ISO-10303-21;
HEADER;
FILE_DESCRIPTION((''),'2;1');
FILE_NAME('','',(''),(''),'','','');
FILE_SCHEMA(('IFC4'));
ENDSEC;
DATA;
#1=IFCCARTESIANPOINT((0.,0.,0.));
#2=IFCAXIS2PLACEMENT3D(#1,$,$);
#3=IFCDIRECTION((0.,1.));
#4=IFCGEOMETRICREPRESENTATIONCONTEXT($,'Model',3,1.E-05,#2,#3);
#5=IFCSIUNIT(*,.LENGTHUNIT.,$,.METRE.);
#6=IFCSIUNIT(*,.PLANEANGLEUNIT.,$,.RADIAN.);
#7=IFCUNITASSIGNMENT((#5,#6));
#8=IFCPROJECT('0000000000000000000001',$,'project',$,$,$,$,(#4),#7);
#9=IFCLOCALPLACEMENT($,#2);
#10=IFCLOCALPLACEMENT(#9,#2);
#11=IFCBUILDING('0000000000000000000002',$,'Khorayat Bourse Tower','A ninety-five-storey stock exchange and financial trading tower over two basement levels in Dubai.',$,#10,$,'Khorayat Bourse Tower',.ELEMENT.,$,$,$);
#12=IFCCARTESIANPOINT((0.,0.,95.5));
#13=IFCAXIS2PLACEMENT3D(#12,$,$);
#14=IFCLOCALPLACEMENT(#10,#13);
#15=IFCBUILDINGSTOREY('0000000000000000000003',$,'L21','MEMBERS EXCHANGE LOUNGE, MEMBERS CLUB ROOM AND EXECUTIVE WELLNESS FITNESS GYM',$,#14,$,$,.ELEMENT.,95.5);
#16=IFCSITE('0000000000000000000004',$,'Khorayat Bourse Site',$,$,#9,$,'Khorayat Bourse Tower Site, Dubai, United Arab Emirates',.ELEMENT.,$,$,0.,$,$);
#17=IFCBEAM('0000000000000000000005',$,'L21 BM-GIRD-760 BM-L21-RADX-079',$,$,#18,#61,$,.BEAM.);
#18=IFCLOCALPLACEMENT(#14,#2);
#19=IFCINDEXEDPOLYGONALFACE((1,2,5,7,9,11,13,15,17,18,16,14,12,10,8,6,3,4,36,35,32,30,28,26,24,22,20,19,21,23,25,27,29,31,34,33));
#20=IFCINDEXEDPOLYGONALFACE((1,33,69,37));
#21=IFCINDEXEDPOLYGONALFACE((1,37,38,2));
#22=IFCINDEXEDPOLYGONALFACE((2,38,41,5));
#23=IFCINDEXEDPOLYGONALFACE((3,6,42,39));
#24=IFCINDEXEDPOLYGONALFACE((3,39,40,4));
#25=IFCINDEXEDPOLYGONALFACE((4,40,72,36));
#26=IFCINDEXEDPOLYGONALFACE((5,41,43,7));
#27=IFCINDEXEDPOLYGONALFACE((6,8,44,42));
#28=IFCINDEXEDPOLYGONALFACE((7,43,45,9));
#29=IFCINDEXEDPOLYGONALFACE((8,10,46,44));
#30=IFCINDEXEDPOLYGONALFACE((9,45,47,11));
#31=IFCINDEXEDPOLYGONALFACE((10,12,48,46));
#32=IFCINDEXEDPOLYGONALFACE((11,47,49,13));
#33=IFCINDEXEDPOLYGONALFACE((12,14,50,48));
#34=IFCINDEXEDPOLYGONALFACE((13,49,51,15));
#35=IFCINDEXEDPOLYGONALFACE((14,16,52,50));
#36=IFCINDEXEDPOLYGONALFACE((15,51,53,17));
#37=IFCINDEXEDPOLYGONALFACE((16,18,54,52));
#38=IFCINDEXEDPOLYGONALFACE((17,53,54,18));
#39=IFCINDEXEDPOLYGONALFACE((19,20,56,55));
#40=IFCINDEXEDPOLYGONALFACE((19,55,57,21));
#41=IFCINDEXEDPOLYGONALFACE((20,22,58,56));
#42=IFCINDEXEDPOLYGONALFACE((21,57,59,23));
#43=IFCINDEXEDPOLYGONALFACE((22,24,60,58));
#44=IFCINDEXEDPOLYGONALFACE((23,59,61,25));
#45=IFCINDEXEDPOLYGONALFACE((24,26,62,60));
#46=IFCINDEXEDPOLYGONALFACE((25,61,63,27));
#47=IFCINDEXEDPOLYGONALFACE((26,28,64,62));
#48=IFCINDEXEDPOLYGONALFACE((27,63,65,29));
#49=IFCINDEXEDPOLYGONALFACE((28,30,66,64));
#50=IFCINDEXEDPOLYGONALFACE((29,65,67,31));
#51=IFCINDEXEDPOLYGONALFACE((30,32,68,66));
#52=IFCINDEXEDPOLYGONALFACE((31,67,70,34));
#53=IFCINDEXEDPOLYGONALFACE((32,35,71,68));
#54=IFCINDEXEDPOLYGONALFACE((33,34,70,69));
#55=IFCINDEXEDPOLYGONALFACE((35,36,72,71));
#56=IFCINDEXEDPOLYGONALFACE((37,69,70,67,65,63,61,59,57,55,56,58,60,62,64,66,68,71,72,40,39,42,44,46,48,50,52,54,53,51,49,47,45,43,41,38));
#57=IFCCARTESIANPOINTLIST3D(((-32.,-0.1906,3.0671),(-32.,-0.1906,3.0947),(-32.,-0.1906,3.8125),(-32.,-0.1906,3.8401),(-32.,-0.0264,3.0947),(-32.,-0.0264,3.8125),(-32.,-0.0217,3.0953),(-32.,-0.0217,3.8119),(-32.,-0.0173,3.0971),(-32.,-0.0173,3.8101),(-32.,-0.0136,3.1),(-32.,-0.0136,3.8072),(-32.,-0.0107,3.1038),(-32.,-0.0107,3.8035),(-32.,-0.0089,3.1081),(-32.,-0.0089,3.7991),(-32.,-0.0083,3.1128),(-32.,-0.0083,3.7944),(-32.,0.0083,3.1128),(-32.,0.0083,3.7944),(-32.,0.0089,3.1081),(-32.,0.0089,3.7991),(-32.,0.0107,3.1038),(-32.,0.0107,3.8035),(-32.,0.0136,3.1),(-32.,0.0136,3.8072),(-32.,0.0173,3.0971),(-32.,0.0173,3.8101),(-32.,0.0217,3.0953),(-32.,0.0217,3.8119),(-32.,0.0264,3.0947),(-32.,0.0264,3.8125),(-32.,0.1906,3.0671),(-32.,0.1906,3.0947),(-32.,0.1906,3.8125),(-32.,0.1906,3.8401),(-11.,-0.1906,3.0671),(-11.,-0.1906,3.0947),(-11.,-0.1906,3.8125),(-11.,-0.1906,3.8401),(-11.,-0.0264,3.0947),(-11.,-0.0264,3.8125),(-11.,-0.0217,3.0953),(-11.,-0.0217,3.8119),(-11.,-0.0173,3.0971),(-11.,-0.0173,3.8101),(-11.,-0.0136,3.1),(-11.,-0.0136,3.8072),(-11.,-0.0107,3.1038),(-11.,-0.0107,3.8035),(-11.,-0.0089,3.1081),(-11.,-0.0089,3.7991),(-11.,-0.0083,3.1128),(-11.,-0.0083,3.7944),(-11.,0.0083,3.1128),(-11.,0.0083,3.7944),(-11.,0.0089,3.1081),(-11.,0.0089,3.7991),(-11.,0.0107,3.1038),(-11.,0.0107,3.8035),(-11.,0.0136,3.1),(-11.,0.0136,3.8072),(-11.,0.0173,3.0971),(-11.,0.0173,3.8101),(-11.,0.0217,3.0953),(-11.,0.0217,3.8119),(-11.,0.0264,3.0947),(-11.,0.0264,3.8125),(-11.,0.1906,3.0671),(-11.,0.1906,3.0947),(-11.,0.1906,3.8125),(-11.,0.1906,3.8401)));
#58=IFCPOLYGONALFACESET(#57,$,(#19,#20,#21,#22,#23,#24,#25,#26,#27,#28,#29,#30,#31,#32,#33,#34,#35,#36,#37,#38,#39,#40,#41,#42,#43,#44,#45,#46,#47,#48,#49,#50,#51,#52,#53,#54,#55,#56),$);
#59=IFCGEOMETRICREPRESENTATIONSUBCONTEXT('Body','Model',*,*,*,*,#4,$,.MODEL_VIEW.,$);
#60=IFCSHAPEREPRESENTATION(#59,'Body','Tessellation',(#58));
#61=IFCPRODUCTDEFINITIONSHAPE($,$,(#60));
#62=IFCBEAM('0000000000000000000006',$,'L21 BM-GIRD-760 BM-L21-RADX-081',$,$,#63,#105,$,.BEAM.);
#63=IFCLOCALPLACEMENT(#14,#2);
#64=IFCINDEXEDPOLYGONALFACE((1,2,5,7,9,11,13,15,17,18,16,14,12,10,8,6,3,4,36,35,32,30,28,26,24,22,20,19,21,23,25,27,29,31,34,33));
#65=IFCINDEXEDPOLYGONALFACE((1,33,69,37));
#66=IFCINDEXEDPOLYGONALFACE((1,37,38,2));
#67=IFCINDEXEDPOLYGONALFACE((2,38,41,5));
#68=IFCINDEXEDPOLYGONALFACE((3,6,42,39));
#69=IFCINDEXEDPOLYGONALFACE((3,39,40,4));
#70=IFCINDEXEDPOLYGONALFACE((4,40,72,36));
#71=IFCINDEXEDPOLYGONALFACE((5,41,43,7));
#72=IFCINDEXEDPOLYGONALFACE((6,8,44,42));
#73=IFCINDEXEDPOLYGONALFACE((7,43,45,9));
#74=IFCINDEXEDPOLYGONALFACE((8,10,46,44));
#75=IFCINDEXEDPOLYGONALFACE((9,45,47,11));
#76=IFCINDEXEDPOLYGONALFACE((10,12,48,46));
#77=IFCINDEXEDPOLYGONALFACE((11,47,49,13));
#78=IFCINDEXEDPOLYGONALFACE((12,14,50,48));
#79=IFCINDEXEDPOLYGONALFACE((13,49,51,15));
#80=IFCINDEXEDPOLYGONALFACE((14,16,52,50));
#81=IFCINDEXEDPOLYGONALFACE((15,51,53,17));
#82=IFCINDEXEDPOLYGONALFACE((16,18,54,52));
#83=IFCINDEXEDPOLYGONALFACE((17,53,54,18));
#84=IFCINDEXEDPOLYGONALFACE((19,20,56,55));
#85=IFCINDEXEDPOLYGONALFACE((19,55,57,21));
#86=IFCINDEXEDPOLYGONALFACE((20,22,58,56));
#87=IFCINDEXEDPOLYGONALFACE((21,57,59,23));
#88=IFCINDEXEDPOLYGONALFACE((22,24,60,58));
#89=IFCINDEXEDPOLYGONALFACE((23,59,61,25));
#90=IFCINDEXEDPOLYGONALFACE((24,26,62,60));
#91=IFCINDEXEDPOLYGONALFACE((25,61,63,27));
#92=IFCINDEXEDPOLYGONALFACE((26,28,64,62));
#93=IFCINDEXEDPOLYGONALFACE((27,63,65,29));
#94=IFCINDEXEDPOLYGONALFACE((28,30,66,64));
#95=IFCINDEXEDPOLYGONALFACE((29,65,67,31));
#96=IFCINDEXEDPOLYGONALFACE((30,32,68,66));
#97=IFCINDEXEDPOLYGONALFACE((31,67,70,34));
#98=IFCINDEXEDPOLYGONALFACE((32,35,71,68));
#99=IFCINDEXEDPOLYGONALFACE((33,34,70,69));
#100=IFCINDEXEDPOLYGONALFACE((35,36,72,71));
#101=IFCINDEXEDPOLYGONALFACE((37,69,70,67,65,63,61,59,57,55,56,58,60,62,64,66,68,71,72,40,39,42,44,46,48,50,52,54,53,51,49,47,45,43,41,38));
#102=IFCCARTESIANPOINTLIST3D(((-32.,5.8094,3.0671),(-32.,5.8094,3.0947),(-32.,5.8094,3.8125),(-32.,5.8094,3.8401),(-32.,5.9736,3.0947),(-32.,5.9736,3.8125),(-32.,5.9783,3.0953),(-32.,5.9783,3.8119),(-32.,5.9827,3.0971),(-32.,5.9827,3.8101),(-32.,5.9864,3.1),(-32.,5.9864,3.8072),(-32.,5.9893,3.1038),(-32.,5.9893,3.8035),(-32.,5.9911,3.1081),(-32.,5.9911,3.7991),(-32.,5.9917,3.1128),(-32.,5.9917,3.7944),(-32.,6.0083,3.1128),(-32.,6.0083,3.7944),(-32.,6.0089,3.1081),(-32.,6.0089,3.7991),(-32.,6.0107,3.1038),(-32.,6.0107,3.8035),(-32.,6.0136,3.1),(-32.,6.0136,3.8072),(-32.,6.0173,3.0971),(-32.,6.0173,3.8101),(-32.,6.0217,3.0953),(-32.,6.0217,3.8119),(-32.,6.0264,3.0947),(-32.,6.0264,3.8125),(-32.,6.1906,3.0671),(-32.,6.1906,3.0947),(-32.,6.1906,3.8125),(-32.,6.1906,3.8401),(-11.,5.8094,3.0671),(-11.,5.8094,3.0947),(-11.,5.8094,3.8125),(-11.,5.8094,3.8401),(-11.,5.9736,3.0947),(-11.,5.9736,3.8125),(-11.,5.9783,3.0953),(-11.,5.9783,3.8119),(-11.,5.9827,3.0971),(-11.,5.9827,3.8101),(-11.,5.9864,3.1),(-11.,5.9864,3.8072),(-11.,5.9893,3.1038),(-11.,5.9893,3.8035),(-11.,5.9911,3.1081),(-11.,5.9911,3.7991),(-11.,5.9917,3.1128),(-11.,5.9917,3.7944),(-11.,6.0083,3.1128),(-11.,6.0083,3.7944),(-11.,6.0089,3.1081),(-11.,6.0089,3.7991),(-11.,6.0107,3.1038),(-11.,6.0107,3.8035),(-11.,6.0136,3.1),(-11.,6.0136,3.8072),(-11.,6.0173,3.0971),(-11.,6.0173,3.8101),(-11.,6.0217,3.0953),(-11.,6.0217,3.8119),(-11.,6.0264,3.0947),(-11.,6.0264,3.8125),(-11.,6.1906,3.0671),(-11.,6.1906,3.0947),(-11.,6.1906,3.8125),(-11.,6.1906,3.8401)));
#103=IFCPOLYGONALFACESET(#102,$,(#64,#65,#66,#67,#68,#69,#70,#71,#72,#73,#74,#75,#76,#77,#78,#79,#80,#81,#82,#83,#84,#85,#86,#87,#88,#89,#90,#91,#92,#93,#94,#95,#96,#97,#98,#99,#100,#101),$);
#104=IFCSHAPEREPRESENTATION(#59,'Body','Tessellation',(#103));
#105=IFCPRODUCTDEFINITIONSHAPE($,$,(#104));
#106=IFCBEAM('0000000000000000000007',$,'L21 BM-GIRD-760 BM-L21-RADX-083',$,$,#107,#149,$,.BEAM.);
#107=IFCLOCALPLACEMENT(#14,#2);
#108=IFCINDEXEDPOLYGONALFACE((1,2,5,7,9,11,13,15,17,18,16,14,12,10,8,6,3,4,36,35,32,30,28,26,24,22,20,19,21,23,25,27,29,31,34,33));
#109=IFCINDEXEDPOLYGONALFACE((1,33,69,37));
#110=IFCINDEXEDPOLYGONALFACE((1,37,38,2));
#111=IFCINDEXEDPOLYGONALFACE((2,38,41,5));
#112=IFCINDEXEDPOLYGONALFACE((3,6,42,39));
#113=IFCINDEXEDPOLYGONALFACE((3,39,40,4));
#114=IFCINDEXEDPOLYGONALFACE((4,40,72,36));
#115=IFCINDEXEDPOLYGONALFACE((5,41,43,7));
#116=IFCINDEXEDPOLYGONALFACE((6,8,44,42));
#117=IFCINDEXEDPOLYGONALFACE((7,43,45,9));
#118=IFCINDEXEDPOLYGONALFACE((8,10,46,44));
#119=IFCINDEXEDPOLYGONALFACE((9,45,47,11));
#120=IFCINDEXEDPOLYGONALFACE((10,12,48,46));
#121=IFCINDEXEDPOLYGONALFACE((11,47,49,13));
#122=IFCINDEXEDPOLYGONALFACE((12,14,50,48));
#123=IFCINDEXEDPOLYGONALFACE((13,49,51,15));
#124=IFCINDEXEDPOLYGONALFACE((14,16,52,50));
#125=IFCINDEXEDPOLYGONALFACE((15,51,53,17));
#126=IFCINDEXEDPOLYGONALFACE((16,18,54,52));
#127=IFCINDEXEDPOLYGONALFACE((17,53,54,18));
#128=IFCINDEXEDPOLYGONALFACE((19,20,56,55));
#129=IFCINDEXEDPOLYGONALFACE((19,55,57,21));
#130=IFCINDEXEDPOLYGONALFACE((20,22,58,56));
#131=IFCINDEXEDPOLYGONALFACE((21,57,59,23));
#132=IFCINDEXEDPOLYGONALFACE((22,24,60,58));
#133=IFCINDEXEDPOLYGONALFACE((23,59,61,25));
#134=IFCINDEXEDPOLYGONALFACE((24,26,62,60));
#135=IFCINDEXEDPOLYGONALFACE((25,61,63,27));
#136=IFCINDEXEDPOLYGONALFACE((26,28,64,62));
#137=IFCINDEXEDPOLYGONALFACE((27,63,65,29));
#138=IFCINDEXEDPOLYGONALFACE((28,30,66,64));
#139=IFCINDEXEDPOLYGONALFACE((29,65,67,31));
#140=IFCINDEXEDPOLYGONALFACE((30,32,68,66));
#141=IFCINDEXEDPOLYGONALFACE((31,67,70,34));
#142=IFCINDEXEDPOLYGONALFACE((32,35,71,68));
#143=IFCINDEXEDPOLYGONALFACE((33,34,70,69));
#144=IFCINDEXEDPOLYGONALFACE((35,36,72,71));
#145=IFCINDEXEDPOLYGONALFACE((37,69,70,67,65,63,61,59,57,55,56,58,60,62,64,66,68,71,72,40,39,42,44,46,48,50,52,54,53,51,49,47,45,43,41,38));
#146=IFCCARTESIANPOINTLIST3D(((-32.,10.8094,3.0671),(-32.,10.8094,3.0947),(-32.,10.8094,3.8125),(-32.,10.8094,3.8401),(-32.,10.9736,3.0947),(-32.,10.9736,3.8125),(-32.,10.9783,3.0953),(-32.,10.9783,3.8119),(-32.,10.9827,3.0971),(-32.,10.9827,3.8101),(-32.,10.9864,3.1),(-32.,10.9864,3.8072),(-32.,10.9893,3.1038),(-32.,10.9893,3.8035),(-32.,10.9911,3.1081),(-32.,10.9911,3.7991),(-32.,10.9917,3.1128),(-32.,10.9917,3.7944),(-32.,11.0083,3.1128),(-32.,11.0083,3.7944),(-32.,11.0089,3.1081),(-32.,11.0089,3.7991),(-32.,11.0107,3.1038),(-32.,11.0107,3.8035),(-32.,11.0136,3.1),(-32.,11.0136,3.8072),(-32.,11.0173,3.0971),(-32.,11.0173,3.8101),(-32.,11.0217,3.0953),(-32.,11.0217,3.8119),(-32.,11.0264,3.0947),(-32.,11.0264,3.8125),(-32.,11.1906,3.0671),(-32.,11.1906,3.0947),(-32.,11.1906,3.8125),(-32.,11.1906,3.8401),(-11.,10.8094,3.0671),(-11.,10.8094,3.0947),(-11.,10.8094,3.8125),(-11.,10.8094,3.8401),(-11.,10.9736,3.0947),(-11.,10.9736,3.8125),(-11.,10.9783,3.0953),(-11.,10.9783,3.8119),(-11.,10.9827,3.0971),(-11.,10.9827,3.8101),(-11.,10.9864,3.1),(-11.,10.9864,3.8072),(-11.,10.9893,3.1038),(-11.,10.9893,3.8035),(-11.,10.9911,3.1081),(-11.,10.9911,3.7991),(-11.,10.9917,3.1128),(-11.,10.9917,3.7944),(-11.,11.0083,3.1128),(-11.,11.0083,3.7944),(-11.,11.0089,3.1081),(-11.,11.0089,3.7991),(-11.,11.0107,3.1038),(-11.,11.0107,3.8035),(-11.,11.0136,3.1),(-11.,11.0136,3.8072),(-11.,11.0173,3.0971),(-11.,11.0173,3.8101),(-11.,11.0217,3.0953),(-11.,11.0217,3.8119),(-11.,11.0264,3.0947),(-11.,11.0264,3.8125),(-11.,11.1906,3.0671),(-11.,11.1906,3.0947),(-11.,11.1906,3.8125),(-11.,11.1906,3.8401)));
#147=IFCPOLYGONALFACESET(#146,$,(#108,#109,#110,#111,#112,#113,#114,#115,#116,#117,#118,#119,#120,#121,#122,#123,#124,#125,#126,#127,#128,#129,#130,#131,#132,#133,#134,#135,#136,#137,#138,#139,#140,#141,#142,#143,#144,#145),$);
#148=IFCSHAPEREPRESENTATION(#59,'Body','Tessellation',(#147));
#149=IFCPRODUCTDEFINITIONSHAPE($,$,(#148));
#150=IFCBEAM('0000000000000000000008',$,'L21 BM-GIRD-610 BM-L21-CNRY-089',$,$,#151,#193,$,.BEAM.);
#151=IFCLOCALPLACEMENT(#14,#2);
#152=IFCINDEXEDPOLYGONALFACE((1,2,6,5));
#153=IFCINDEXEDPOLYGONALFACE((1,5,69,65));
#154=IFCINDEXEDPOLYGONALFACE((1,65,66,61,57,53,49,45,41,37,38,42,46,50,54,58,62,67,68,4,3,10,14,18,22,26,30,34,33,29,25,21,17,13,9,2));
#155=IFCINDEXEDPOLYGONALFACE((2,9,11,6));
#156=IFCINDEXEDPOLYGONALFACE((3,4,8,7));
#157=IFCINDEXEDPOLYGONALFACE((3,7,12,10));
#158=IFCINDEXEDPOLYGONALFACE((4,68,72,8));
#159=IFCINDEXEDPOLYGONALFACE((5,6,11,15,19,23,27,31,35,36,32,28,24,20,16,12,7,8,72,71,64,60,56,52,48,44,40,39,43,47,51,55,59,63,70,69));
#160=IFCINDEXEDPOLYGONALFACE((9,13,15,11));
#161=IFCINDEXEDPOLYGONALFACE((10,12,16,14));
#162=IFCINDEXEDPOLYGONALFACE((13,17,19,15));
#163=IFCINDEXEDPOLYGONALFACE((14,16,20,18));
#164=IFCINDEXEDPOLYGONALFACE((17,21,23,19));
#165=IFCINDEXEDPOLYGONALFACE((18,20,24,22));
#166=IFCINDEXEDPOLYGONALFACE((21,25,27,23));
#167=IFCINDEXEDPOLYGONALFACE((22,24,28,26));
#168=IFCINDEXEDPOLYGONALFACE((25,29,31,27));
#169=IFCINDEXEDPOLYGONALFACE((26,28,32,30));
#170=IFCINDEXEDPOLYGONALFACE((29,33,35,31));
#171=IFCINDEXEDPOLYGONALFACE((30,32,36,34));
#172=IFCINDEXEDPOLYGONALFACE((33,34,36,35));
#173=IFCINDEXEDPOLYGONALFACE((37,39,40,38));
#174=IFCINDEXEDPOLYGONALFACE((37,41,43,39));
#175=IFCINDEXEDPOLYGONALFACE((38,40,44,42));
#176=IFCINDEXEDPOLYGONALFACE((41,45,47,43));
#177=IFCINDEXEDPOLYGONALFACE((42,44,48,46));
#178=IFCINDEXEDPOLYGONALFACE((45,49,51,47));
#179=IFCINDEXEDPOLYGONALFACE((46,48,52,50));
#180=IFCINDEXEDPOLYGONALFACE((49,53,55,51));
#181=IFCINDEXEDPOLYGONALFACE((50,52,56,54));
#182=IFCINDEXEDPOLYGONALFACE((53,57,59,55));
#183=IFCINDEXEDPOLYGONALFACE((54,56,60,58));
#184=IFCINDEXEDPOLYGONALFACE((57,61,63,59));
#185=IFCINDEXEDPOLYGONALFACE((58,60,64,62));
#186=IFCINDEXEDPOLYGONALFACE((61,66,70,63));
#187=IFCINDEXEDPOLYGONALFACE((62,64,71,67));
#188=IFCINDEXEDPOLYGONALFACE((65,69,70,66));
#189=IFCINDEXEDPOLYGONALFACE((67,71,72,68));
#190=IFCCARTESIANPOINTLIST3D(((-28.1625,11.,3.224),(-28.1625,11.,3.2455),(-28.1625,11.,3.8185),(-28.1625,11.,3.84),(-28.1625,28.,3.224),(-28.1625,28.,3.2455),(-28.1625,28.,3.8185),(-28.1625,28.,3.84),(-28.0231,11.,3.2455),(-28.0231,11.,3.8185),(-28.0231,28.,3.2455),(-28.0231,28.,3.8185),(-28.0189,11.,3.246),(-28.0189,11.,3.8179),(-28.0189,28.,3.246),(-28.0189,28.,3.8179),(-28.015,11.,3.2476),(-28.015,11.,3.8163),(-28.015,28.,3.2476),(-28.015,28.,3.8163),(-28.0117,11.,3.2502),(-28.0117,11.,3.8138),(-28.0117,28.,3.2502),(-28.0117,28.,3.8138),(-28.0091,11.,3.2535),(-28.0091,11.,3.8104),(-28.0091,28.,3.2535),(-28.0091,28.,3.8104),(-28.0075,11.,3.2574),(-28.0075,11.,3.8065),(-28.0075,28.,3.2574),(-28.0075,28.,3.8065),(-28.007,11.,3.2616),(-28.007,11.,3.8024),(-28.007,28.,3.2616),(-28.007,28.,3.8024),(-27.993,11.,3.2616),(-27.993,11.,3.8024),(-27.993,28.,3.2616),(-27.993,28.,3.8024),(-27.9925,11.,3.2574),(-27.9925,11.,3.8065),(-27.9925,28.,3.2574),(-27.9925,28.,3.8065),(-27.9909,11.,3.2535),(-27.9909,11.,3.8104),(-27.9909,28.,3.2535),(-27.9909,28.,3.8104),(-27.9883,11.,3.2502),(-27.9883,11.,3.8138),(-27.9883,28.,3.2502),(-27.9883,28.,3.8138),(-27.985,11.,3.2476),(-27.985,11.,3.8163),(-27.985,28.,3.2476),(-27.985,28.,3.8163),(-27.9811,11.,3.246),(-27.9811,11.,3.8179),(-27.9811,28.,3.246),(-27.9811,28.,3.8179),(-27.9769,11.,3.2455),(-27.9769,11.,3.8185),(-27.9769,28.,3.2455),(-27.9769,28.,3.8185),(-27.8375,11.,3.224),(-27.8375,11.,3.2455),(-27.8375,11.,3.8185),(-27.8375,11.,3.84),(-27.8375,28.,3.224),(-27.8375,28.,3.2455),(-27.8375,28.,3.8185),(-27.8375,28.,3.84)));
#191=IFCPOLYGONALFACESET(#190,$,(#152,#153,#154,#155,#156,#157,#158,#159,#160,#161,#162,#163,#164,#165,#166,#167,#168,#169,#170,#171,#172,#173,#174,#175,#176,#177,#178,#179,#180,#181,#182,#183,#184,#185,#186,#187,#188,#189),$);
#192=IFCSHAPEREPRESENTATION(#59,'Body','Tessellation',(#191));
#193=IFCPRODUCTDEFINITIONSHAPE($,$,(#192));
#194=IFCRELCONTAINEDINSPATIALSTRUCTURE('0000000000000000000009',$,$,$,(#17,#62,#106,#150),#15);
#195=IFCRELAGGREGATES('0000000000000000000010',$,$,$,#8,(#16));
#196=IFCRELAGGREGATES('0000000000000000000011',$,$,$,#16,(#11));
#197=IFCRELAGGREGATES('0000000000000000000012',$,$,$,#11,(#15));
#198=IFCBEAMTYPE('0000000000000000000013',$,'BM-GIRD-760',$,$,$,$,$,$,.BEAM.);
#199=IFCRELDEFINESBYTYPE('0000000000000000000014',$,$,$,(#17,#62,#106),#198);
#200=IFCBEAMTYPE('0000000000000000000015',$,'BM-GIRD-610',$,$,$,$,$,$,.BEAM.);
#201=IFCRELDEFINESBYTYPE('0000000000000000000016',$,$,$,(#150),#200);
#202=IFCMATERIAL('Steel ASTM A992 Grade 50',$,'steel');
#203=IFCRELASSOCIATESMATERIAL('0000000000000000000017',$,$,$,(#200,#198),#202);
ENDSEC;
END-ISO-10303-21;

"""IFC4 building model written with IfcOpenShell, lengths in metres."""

from ifc_helpers import new_model, si_unit, direction, frame, origin, origin_2d, place, context, subcontext, project, spatial, i_section, extrude, source, transform, mapped, material, material_profile, profile_set, type_object, element, save


model = new_model("IFC4")

# Units and contexts
model_context = context("Model", 3, precision=1e-05, world=origin(), true_north=direction((0.0, 1.0)))
body_context = subcontext(model_context, "Body", "Model", "MODEL_VIEW")
ifc_project = project(units=[si_unit("LENGTHUNIT", "METRE"), si_unit("PLANEANGLEUNIT", "RADIAN")], contexts=[model_context])

# Site, building, storey
site_placement = place(None, origin())
site = spatial("IfcSite", under=ifc_project, at=site_placement, Name="Khorayat Bourse Site", LongName="Khorayat Bourse Tower Site, Dubai, United Arab Emirates", CompositionType="ELEMENT", RefElevation=0.0)
building_placement = place(site_placement, origin())
building = spatial("IfcBuilding", under=site, at=building_placement, Name="Khorayat Bourse Tower", Description="A ninety-five-storey stock exchange and financial trading tower over two basement levels in Dubai.", LongName="Khorayat Bourse Tower", CompositionType="ELEMENT")
storey_placement = place(building_placement, frame((0.0, 0.0, 95.5)))
storey = spatial("IfcBuildingStorey", under=building, at=storey_placement, Name="L21", Description="MEMBERS EXCHANGE LOUNGE, MEMBERS CLUB ROOM AND EXECUTIVE WELLNESS FITNESS GYM", CompositionType="ELEMENT", Elevation=95.5)

# Beams
ifc_material_1 = material(Name="Steel ASTM A992 Grade 50", Category="steel")
ifc_material_profile_1 = material_profile(ifc_material_1, i_section(OverallWidth=0.325, OverallDepth=0.616, WebThickness=0.0139, FlangeThickness=0.0215, FilletRadius=0.0161, at=origin_2d()), Name="W610X174")
ifc_profile_set_1 = profile_set([ifc_material_profile_1], Name="Steel ASTM A992 Grade 50")
beam_type_1 = type_object("IfcBeamType", Name="BM-GIRD-610", PredefinedType="BEAM", material=ifc_profile_set_1)
ifc_material_profile_2 = material_profile(ifc_material_1, i_section(OverallWidth=0.3811, OverallDepth=0.7729, WebThickness=0.0166, FlangeThickness=0.0276, FilletRadius=0.0181, at=origin_2d()), Name="W760X257")
ifc_profile_set_2 = profile_set([ifc_material_profile_2], Name="Steel ASTM A992 Grade 50")
beam_type_2 = type_object("IfcBeamType", Name="BM-GIRD-760", PredefinedType="BEAM", material=ifc_profile_set_2)
shared_shape_1 = source(origin(), body_context, "Body", "SweptSolid", [
    extrude(i_section(OverallWidth=0.3811, OverallDepth=0.7729, WebThickness=0.0166, FlangeThickness=0.0276, FilletRadius=0.0181, at=origin_2d()), origin(), (0.0, 0.0, 1.0), 21.0),
])
for number, where, z_axis, x_axis, name in (
    (1, (-32.0, 0.0, 3.4536), (1.0, 0.0, 0.0), (0.0, 1.0, 0.0), "L21 BM-GIRD-760 BM-L21-RADX-079"),
    (2, (-32.0, 6.0, 3.4536), (1.0, 0.0, 0.0), (0.0, 1.0, 0.0), "L21 BM-GIRD-760 BM-L21-RADX-081"),
    (3, (-32.0, 11.0, 3.4536), (1.0, 0.0, 0.0), (0.0, 1.0, 0.0), "L21 BM-GIRD-760 BM-L21-RADX-083"),
):
    element("IfcBeam", number, at=place(storey_placement, frame(where, z_axis=z_axis, x_axis=x_axis)), inside=storey, type_object=beam_type_2, Name=name, PredefinedType="BEAM", context=body_context, shape_type="MappedRepresentation", body=[
        mapped(shared_shape_1, transform((0.0, 0.0, 0.0), scale=1.0)),
    ])
shared_shape_2 = source(origin(), body_context, "Body", "SweptSolid", [
    extrude(i_section(OverallWidth=0.325, OverallDepth=0.616, WebThickness=0.0139, FlangeThickness=0.0215, FilletRadius=0.0161, at=origin_2d()), origin(), (0.0, 0.0, 1.0), 17.0),
])
beam_1_placement = place(storey_placement, frame((-28.0, 11.0, 3.532), z_axis=(0.0, 1.0, 0.0), x_axis=(-1.0, 0.0, 0.0)))
element("IfcBeam", 4, at=beam_1_placement, inside=storey, type_object=beam_type_1, Name="L21 BM-GIRD-610 BM-L21-CNRY-089", PredefinedType="BEAM", context=body_context, shape_type="MappedRepresentation", body=[
    mapped(shared_shape_2, transform((0.0, 0.0, 0.0), scale=1.0)),
])

save(model, "model.ifc")
